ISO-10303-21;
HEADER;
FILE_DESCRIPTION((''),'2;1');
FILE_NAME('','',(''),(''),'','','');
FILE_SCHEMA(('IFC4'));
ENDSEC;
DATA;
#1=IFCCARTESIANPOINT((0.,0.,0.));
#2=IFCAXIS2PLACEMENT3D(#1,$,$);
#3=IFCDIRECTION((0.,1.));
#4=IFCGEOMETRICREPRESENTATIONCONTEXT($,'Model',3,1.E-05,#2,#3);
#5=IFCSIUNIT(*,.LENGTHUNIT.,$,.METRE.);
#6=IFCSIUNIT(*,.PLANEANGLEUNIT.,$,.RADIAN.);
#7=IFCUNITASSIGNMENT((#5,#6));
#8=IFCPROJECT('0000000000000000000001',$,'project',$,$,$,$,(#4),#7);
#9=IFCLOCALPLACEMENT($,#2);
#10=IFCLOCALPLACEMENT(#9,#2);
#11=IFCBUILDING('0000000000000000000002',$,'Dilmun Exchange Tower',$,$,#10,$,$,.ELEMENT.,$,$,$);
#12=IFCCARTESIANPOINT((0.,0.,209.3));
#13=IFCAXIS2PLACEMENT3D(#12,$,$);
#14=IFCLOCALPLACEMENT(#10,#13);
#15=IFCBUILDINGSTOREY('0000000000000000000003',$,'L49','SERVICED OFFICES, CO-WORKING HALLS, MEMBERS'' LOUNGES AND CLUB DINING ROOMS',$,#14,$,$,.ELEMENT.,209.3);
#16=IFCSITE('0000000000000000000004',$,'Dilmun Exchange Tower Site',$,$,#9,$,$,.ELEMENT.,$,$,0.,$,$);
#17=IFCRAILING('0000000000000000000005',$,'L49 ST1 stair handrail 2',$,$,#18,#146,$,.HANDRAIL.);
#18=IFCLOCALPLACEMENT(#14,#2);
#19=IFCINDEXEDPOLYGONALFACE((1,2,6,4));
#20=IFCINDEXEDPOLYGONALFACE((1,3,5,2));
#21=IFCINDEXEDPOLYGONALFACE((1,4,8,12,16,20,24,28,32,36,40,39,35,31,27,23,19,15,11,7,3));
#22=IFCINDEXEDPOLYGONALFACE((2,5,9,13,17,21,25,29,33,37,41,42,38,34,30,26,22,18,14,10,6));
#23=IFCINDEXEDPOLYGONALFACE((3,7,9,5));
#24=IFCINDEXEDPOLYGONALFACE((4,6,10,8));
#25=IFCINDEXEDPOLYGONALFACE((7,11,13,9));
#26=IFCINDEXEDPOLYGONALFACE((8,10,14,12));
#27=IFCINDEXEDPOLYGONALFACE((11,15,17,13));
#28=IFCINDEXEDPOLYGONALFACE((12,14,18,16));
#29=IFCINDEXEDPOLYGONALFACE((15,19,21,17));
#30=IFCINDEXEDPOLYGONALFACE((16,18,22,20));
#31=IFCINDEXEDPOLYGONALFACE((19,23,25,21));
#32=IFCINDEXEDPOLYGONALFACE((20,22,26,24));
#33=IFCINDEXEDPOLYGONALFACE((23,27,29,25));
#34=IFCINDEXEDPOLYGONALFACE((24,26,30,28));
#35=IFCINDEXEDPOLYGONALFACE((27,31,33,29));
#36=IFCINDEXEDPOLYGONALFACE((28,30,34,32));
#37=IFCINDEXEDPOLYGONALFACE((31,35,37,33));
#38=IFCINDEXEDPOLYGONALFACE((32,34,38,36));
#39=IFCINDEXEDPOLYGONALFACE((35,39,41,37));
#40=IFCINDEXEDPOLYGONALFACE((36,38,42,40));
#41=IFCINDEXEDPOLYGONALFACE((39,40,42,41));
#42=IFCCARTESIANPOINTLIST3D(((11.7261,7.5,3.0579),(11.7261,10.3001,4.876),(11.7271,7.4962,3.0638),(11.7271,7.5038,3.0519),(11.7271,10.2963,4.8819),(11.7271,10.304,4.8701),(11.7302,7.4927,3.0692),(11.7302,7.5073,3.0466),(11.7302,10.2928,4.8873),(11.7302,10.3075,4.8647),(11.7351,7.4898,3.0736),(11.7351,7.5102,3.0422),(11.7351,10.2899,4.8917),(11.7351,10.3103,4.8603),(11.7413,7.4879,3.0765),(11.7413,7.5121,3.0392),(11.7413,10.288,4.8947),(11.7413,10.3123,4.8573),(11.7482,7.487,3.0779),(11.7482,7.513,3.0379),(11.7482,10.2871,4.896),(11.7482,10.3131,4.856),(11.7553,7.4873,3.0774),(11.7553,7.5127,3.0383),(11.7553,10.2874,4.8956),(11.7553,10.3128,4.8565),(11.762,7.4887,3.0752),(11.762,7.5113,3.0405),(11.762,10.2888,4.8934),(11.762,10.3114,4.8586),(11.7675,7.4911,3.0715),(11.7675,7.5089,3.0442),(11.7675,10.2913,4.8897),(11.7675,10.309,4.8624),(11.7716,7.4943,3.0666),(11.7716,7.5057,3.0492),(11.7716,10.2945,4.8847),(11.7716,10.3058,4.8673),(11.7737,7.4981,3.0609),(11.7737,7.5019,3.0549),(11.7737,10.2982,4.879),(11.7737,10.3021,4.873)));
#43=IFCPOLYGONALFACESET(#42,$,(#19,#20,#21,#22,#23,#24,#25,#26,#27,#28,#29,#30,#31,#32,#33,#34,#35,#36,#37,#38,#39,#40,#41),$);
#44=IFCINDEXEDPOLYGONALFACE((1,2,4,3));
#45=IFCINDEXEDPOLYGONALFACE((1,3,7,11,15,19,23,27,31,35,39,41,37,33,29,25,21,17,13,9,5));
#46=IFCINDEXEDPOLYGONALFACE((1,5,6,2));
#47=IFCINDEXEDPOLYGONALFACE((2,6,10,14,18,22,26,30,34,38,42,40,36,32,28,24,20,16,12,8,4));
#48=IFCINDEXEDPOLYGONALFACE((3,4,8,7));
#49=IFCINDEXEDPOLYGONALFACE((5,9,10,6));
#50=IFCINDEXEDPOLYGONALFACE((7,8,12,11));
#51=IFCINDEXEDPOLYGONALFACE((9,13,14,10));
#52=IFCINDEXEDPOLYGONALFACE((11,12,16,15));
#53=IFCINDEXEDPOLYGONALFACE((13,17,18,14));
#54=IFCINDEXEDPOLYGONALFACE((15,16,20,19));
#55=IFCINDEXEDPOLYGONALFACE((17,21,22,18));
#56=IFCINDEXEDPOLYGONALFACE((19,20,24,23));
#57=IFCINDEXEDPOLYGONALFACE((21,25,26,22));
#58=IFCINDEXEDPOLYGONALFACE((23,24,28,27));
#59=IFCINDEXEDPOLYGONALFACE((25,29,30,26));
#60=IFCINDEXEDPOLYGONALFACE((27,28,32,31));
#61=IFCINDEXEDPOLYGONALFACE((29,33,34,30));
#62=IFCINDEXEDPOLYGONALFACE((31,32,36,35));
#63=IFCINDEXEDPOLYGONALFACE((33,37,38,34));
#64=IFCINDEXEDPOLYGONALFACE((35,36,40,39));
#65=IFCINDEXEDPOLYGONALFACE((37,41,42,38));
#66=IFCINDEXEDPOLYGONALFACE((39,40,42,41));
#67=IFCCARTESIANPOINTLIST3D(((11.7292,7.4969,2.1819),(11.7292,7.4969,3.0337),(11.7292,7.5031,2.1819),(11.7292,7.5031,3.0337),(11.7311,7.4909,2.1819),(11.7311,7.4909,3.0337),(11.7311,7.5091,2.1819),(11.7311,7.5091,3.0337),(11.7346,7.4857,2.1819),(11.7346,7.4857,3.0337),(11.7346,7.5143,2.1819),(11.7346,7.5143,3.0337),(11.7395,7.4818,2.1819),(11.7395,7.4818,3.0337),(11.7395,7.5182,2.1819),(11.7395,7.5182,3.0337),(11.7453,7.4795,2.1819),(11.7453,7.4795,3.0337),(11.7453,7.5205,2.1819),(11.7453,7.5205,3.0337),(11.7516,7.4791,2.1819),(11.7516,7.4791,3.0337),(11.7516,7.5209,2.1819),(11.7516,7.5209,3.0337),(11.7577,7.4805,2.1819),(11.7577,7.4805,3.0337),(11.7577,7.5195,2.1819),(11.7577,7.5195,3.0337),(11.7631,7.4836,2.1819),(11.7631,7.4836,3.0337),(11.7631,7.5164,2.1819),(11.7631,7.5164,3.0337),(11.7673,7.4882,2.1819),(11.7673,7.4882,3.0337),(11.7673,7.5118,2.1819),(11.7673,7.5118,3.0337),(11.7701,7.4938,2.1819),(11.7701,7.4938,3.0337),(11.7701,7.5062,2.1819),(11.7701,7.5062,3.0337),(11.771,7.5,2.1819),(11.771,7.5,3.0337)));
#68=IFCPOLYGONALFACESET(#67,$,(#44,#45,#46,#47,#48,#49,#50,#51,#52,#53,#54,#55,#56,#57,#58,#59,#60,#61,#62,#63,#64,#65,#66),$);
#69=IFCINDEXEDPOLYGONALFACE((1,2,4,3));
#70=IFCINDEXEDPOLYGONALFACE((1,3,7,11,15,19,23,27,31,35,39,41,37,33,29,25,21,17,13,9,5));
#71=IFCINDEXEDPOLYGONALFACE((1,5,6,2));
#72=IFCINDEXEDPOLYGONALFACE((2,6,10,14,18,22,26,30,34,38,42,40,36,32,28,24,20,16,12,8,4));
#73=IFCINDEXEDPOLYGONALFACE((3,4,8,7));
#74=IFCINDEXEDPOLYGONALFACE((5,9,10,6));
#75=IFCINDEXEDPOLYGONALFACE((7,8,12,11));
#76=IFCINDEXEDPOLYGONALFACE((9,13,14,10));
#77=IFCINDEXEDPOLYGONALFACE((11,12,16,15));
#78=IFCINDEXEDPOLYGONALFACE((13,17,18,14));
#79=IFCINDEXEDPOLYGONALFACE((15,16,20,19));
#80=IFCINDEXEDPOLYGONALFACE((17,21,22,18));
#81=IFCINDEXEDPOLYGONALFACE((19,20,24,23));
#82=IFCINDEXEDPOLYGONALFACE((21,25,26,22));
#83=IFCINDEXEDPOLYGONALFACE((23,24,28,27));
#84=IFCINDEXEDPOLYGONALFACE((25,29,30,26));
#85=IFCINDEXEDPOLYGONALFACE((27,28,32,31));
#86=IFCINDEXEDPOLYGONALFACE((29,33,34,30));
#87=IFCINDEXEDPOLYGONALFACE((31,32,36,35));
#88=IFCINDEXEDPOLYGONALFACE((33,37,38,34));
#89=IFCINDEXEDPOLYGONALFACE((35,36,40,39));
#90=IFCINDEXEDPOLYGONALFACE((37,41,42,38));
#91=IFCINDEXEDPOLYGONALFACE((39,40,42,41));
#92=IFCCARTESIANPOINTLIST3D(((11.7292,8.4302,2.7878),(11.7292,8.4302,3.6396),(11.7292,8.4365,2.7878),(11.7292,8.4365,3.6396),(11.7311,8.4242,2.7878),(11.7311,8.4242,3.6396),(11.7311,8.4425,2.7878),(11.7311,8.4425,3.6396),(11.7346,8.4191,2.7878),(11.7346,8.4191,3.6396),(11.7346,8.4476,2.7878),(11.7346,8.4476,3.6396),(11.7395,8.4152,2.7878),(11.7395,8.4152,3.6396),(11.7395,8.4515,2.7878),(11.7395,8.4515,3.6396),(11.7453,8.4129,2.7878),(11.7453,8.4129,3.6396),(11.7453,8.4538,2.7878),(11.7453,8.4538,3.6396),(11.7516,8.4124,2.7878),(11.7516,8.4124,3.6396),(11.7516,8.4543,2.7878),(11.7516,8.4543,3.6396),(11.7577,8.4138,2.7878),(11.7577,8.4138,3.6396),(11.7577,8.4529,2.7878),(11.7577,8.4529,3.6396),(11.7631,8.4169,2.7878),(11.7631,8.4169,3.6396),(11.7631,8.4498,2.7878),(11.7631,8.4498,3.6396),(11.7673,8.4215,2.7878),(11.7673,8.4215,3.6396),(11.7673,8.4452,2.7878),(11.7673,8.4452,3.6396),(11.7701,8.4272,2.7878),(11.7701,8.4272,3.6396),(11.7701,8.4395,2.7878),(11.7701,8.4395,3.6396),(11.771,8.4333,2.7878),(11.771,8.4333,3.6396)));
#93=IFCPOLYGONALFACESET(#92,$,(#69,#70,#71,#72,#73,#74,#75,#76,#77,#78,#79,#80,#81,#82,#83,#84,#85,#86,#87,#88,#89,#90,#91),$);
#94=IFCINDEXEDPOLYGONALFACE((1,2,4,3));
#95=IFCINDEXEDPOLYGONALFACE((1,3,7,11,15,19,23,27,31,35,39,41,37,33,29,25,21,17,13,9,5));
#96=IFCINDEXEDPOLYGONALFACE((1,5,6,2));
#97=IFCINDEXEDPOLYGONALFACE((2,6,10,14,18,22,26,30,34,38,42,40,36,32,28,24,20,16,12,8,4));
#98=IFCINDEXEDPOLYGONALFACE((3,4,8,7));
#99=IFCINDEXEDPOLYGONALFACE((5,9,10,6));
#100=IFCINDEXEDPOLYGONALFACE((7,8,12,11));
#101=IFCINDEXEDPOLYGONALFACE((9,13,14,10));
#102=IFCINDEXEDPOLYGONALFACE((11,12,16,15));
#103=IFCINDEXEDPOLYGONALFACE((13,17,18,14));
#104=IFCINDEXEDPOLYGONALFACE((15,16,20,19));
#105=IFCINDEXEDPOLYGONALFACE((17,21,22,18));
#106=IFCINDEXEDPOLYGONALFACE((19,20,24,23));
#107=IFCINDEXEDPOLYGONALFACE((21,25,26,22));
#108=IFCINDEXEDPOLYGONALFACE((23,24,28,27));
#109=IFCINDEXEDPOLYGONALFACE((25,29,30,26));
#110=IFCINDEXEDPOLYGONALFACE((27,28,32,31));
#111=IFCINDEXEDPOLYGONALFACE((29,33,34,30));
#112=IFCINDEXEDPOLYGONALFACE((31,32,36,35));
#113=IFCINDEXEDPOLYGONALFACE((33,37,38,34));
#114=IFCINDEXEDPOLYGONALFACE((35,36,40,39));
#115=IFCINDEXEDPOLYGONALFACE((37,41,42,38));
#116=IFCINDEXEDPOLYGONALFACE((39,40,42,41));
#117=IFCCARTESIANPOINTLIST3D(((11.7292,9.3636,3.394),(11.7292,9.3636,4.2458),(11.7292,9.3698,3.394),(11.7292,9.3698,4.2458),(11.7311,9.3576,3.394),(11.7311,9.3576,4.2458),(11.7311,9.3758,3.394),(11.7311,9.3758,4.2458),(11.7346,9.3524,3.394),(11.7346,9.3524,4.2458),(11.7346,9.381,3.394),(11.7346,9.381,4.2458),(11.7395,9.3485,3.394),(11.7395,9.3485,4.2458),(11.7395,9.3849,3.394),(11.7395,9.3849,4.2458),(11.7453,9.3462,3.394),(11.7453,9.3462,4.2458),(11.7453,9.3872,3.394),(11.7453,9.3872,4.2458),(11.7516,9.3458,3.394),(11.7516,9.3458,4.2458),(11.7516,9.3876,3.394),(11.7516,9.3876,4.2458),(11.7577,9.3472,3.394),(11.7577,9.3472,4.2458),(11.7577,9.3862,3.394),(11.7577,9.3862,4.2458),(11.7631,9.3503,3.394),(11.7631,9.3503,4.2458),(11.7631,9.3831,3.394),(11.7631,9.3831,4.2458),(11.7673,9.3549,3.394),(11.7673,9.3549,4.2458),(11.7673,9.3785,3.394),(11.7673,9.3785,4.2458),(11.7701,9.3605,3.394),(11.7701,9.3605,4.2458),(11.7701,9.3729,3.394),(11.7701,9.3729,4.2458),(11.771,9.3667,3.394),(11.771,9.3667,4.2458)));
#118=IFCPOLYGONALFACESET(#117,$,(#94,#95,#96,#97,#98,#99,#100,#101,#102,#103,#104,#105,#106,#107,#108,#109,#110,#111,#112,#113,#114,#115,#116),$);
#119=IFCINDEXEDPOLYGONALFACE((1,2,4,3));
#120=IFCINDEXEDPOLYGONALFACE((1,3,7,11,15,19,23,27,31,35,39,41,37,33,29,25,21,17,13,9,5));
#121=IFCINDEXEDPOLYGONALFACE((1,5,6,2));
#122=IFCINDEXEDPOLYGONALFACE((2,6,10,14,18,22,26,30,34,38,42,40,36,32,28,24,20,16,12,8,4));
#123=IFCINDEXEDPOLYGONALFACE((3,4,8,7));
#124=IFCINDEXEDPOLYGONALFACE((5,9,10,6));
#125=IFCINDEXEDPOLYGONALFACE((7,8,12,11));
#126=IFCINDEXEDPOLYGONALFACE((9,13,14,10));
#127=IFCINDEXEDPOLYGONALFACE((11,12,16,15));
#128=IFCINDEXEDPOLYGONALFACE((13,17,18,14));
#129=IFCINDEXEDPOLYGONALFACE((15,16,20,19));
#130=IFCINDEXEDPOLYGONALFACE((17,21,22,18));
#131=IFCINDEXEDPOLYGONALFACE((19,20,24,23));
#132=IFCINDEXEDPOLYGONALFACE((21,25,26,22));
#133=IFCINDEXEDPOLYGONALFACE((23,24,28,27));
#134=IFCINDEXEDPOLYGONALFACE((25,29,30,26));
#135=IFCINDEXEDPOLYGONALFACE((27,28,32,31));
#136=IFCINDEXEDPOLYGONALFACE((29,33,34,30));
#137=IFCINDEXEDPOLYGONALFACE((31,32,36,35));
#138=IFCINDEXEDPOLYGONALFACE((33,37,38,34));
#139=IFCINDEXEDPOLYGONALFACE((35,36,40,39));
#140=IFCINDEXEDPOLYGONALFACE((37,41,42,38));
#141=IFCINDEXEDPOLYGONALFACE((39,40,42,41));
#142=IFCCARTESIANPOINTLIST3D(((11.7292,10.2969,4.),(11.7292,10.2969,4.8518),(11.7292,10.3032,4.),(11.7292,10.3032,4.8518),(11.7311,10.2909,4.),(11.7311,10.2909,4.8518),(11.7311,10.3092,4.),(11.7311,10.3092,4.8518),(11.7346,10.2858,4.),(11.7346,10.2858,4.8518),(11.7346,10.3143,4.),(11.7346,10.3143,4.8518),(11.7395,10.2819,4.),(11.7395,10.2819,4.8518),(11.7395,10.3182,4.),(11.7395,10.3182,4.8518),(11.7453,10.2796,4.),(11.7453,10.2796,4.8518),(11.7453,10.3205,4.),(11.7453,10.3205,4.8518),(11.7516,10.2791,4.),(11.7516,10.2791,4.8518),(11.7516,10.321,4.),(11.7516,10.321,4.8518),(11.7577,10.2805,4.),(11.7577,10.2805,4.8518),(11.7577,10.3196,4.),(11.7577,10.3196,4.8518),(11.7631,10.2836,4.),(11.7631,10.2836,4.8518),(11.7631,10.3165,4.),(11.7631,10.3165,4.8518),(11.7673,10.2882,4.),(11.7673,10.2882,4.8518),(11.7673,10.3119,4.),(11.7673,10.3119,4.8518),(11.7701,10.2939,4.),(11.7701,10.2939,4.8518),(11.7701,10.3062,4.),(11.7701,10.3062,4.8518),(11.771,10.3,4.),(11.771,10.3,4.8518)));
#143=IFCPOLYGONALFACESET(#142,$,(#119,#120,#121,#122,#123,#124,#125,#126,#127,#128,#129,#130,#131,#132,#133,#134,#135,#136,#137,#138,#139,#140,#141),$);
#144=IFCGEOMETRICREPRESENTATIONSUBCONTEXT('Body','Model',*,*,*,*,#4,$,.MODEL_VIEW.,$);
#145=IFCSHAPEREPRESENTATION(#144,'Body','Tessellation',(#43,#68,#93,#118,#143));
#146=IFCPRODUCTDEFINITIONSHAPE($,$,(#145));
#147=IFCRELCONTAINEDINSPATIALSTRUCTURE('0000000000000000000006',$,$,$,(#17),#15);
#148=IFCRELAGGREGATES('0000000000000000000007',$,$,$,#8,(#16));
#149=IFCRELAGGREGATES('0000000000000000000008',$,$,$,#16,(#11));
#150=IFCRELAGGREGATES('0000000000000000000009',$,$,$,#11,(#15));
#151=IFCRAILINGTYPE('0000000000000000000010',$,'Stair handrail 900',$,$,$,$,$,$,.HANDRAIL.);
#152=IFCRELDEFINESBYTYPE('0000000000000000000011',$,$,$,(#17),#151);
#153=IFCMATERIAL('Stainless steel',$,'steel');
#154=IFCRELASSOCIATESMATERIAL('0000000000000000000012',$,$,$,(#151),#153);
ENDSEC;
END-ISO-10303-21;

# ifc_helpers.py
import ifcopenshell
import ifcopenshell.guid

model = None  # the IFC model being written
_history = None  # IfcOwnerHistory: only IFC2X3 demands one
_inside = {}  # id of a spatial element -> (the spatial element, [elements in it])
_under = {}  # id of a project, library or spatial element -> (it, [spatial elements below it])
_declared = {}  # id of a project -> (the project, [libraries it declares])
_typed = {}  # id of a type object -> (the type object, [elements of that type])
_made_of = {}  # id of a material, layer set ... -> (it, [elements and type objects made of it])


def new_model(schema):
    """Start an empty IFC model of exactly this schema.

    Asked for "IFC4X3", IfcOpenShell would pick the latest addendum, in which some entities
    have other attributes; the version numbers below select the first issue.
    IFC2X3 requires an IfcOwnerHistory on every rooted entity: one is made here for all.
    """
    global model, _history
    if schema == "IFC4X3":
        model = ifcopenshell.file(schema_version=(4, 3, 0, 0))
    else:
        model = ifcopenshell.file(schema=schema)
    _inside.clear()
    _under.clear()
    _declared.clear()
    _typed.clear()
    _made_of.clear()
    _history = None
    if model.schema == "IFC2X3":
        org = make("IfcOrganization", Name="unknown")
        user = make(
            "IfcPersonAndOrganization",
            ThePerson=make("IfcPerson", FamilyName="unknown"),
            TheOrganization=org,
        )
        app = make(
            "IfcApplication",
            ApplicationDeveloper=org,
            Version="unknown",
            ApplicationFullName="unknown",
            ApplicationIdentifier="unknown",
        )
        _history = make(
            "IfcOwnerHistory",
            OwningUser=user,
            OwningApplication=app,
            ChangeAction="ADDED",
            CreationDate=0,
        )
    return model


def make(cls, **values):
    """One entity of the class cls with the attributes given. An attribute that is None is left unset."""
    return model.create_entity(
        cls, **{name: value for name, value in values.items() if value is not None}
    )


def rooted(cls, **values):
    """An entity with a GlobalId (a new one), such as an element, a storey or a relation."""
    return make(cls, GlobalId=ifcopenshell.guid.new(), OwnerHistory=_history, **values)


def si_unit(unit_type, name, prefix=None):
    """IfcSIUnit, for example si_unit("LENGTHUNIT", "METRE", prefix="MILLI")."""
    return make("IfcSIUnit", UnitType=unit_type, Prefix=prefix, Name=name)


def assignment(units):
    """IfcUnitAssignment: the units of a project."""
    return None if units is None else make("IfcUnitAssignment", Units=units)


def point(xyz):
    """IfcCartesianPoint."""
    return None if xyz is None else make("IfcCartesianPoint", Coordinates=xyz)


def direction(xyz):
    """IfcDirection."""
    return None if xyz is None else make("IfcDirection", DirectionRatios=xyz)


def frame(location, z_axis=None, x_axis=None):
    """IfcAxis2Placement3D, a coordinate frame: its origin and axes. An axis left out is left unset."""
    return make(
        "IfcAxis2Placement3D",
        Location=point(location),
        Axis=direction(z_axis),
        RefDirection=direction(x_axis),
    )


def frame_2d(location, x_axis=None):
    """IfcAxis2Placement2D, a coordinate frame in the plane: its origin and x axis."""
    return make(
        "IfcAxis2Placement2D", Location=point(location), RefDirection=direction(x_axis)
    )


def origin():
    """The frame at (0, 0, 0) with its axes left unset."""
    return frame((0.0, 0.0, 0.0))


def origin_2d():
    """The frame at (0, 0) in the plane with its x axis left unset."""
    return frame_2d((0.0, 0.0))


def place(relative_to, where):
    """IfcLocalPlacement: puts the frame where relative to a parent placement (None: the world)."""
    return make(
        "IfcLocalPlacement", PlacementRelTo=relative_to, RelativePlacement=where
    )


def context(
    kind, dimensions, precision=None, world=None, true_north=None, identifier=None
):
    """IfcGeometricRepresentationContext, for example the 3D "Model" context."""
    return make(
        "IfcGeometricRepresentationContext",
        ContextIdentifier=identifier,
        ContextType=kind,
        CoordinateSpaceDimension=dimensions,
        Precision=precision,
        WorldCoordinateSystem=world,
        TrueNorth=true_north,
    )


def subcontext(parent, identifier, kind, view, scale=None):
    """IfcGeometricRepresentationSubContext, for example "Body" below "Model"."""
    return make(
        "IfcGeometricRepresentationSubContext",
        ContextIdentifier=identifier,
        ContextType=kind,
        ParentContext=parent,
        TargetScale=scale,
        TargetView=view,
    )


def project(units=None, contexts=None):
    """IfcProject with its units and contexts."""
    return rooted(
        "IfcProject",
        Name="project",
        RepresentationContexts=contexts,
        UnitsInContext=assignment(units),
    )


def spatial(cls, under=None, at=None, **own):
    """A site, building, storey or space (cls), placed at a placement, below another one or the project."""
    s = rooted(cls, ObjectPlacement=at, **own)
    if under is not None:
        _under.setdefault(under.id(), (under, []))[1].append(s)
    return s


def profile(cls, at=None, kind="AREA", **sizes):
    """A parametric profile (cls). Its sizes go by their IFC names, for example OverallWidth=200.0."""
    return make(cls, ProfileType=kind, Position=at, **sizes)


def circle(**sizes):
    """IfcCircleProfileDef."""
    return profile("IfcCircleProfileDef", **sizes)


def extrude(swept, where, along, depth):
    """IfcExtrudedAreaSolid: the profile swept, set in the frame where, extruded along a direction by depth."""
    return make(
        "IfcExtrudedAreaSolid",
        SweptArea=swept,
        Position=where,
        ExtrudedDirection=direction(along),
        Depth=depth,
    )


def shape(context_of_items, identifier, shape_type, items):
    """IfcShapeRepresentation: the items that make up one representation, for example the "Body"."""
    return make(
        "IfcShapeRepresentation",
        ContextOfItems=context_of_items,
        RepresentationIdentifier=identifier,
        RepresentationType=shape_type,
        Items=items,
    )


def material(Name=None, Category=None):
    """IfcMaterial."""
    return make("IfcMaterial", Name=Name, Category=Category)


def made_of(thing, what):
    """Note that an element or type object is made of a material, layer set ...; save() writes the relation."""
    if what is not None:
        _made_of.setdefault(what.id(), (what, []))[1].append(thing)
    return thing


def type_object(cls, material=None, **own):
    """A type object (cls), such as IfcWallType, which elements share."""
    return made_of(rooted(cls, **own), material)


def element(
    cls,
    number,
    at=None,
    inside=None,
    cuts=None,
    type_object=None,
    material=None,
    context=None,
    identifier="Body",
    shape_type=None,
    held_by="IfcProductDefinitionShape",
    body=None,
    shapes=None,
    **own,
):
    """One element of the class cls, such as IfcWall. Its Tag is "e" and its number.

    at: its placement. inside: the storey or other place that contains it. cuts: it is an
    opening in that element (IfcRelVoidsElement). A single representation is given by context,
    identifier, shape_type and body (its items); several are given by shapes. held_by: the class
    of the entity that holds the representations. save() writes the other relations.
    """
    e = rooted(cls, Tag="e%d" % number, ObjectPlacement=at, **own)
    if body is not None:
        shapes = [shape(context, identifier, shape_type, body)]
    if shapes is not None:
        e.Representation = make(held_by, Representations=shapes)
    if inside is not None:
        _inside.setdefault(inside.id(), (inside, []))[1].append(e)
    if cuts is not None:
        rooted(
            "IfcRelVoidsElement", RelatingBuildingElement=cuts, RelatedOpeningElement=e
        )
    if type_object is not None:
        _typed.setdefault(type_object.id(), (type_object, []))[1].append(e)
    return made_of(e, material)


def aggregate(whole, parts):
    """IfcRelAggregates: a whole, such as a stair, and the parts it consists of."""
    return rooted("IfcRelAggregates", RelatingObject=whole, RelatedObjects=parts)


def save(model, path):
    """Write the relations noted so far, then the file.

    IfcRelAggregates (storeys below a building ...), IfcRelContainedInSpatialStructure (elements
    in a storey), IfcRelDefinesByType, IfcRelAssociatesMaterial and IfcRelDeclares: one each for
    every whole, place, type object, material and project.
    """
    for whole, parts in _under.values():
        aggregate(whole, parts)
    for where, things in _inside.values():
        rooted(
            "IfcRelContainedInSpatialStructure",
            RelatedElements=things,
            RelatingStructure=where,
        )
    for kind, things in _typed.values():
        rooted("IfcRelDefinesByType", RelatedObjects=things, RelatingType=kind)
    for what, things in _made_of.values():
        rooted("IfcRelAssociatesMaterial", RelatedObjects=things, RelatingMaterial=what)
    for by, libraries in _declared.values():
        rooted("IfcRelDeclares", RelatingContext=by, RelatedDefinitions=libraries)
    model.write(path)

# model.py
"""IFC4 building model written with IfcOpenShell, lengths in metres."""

from ifc_helpers import new_model, si_unit, direction, frame, origin, origin_2d, place, context, subcontext, project, spatial, circle, extrude, material, type_object, element, save


model = new_model("IFC4")

# Units and contexts
model_context = context("Model", 3, precision=1e-05, world=origin(), true_north=direction((0.0, 1.0)))
body_context = subcontext(model_context, "Body", "Model", "MODEL_VIEW")
ifc_project = project(units=[si_unit("LENGTHUNIT", "METRE"), si_unit("PLANEANGLEUNIT", "RADIAN")], contexts=[model_context])

# Site, building, storey
site_placement = place(None, origin())
site = spatial("IfcSite", under=ifc_project, at=site_placement, Name="Dilmun Exchange Tower Site", CompositionType="ELEMENT", RefElevation=0.0)
building_placement = place(site_placement, origin())
building = spatial("IfcBuilding", under=site, at=building_placement, Name="Dilmun Exchange Tower", CompositionType="ELEMENT")
storey_placement = place(building_placement, frame((0.0, 0.0, 209.3)))
storey = spatial("IfcBuildingStorey", under=building, at=storey_placement, Name="L49", Description="SERVICED OFFICES, CO-WORKING HALLS, MEMBERS' LOUNGES AND CLUB DINING ROOMS", CompositionType="ELEMENT", Elevation=209.3)

# Railing
ifc_material_1 = material(Name="Stainless steel", Category="steel")
railing_type = type_object("IfcRailingType", Name="Stair handrail 900", PredefinedType="HANDRAIL", material=ifc_material_1)
railing_1_placement = place(storey_placement, frame((11.75, 7.5, 2.1819)))
element("IfcRailing", 1, at=railing_1_placement, inside=storey, type_object=railing_type, Name="L49 ST1 stair handrail 2", PredefinedType="HANDRAIL", context=body_context, shape_type="SweptSolid", body=[
    extrude(circle(Radius=0.0239, at=origin_2d()), frame((0.0, 0.0, 0.876), z_axis=(0.0, 0.838706, 0.544585), x_axis=(-1.0, 0.0, 0.0)), (0.0, 0.0, 1.0), 3.3386),
    extrude(circle(Radius=0.021, at=origin_2d()), origin(), (0.0, 0.0, 1.0), 0.8518),
    extrude(circle(Radius=0.021, at=origin_2d()), frame((0.0, 0.9333, 0.606)), (0.0, 0.0, 1.0), 0.8518),
    extrude(circle(Radius=0.021, at=origin_2d()), frame((0.0, 1.8667, 1.2122)), (0.0, 0.0, 1.0), 0.8518),
    extrude(circle(Radius=0.021, at=origin_2d()), frame((0.0, 2.8, 1.8181)), (0.0, 0.0, 1.0), 0.8518),
])

save(model, "model.ifc")
